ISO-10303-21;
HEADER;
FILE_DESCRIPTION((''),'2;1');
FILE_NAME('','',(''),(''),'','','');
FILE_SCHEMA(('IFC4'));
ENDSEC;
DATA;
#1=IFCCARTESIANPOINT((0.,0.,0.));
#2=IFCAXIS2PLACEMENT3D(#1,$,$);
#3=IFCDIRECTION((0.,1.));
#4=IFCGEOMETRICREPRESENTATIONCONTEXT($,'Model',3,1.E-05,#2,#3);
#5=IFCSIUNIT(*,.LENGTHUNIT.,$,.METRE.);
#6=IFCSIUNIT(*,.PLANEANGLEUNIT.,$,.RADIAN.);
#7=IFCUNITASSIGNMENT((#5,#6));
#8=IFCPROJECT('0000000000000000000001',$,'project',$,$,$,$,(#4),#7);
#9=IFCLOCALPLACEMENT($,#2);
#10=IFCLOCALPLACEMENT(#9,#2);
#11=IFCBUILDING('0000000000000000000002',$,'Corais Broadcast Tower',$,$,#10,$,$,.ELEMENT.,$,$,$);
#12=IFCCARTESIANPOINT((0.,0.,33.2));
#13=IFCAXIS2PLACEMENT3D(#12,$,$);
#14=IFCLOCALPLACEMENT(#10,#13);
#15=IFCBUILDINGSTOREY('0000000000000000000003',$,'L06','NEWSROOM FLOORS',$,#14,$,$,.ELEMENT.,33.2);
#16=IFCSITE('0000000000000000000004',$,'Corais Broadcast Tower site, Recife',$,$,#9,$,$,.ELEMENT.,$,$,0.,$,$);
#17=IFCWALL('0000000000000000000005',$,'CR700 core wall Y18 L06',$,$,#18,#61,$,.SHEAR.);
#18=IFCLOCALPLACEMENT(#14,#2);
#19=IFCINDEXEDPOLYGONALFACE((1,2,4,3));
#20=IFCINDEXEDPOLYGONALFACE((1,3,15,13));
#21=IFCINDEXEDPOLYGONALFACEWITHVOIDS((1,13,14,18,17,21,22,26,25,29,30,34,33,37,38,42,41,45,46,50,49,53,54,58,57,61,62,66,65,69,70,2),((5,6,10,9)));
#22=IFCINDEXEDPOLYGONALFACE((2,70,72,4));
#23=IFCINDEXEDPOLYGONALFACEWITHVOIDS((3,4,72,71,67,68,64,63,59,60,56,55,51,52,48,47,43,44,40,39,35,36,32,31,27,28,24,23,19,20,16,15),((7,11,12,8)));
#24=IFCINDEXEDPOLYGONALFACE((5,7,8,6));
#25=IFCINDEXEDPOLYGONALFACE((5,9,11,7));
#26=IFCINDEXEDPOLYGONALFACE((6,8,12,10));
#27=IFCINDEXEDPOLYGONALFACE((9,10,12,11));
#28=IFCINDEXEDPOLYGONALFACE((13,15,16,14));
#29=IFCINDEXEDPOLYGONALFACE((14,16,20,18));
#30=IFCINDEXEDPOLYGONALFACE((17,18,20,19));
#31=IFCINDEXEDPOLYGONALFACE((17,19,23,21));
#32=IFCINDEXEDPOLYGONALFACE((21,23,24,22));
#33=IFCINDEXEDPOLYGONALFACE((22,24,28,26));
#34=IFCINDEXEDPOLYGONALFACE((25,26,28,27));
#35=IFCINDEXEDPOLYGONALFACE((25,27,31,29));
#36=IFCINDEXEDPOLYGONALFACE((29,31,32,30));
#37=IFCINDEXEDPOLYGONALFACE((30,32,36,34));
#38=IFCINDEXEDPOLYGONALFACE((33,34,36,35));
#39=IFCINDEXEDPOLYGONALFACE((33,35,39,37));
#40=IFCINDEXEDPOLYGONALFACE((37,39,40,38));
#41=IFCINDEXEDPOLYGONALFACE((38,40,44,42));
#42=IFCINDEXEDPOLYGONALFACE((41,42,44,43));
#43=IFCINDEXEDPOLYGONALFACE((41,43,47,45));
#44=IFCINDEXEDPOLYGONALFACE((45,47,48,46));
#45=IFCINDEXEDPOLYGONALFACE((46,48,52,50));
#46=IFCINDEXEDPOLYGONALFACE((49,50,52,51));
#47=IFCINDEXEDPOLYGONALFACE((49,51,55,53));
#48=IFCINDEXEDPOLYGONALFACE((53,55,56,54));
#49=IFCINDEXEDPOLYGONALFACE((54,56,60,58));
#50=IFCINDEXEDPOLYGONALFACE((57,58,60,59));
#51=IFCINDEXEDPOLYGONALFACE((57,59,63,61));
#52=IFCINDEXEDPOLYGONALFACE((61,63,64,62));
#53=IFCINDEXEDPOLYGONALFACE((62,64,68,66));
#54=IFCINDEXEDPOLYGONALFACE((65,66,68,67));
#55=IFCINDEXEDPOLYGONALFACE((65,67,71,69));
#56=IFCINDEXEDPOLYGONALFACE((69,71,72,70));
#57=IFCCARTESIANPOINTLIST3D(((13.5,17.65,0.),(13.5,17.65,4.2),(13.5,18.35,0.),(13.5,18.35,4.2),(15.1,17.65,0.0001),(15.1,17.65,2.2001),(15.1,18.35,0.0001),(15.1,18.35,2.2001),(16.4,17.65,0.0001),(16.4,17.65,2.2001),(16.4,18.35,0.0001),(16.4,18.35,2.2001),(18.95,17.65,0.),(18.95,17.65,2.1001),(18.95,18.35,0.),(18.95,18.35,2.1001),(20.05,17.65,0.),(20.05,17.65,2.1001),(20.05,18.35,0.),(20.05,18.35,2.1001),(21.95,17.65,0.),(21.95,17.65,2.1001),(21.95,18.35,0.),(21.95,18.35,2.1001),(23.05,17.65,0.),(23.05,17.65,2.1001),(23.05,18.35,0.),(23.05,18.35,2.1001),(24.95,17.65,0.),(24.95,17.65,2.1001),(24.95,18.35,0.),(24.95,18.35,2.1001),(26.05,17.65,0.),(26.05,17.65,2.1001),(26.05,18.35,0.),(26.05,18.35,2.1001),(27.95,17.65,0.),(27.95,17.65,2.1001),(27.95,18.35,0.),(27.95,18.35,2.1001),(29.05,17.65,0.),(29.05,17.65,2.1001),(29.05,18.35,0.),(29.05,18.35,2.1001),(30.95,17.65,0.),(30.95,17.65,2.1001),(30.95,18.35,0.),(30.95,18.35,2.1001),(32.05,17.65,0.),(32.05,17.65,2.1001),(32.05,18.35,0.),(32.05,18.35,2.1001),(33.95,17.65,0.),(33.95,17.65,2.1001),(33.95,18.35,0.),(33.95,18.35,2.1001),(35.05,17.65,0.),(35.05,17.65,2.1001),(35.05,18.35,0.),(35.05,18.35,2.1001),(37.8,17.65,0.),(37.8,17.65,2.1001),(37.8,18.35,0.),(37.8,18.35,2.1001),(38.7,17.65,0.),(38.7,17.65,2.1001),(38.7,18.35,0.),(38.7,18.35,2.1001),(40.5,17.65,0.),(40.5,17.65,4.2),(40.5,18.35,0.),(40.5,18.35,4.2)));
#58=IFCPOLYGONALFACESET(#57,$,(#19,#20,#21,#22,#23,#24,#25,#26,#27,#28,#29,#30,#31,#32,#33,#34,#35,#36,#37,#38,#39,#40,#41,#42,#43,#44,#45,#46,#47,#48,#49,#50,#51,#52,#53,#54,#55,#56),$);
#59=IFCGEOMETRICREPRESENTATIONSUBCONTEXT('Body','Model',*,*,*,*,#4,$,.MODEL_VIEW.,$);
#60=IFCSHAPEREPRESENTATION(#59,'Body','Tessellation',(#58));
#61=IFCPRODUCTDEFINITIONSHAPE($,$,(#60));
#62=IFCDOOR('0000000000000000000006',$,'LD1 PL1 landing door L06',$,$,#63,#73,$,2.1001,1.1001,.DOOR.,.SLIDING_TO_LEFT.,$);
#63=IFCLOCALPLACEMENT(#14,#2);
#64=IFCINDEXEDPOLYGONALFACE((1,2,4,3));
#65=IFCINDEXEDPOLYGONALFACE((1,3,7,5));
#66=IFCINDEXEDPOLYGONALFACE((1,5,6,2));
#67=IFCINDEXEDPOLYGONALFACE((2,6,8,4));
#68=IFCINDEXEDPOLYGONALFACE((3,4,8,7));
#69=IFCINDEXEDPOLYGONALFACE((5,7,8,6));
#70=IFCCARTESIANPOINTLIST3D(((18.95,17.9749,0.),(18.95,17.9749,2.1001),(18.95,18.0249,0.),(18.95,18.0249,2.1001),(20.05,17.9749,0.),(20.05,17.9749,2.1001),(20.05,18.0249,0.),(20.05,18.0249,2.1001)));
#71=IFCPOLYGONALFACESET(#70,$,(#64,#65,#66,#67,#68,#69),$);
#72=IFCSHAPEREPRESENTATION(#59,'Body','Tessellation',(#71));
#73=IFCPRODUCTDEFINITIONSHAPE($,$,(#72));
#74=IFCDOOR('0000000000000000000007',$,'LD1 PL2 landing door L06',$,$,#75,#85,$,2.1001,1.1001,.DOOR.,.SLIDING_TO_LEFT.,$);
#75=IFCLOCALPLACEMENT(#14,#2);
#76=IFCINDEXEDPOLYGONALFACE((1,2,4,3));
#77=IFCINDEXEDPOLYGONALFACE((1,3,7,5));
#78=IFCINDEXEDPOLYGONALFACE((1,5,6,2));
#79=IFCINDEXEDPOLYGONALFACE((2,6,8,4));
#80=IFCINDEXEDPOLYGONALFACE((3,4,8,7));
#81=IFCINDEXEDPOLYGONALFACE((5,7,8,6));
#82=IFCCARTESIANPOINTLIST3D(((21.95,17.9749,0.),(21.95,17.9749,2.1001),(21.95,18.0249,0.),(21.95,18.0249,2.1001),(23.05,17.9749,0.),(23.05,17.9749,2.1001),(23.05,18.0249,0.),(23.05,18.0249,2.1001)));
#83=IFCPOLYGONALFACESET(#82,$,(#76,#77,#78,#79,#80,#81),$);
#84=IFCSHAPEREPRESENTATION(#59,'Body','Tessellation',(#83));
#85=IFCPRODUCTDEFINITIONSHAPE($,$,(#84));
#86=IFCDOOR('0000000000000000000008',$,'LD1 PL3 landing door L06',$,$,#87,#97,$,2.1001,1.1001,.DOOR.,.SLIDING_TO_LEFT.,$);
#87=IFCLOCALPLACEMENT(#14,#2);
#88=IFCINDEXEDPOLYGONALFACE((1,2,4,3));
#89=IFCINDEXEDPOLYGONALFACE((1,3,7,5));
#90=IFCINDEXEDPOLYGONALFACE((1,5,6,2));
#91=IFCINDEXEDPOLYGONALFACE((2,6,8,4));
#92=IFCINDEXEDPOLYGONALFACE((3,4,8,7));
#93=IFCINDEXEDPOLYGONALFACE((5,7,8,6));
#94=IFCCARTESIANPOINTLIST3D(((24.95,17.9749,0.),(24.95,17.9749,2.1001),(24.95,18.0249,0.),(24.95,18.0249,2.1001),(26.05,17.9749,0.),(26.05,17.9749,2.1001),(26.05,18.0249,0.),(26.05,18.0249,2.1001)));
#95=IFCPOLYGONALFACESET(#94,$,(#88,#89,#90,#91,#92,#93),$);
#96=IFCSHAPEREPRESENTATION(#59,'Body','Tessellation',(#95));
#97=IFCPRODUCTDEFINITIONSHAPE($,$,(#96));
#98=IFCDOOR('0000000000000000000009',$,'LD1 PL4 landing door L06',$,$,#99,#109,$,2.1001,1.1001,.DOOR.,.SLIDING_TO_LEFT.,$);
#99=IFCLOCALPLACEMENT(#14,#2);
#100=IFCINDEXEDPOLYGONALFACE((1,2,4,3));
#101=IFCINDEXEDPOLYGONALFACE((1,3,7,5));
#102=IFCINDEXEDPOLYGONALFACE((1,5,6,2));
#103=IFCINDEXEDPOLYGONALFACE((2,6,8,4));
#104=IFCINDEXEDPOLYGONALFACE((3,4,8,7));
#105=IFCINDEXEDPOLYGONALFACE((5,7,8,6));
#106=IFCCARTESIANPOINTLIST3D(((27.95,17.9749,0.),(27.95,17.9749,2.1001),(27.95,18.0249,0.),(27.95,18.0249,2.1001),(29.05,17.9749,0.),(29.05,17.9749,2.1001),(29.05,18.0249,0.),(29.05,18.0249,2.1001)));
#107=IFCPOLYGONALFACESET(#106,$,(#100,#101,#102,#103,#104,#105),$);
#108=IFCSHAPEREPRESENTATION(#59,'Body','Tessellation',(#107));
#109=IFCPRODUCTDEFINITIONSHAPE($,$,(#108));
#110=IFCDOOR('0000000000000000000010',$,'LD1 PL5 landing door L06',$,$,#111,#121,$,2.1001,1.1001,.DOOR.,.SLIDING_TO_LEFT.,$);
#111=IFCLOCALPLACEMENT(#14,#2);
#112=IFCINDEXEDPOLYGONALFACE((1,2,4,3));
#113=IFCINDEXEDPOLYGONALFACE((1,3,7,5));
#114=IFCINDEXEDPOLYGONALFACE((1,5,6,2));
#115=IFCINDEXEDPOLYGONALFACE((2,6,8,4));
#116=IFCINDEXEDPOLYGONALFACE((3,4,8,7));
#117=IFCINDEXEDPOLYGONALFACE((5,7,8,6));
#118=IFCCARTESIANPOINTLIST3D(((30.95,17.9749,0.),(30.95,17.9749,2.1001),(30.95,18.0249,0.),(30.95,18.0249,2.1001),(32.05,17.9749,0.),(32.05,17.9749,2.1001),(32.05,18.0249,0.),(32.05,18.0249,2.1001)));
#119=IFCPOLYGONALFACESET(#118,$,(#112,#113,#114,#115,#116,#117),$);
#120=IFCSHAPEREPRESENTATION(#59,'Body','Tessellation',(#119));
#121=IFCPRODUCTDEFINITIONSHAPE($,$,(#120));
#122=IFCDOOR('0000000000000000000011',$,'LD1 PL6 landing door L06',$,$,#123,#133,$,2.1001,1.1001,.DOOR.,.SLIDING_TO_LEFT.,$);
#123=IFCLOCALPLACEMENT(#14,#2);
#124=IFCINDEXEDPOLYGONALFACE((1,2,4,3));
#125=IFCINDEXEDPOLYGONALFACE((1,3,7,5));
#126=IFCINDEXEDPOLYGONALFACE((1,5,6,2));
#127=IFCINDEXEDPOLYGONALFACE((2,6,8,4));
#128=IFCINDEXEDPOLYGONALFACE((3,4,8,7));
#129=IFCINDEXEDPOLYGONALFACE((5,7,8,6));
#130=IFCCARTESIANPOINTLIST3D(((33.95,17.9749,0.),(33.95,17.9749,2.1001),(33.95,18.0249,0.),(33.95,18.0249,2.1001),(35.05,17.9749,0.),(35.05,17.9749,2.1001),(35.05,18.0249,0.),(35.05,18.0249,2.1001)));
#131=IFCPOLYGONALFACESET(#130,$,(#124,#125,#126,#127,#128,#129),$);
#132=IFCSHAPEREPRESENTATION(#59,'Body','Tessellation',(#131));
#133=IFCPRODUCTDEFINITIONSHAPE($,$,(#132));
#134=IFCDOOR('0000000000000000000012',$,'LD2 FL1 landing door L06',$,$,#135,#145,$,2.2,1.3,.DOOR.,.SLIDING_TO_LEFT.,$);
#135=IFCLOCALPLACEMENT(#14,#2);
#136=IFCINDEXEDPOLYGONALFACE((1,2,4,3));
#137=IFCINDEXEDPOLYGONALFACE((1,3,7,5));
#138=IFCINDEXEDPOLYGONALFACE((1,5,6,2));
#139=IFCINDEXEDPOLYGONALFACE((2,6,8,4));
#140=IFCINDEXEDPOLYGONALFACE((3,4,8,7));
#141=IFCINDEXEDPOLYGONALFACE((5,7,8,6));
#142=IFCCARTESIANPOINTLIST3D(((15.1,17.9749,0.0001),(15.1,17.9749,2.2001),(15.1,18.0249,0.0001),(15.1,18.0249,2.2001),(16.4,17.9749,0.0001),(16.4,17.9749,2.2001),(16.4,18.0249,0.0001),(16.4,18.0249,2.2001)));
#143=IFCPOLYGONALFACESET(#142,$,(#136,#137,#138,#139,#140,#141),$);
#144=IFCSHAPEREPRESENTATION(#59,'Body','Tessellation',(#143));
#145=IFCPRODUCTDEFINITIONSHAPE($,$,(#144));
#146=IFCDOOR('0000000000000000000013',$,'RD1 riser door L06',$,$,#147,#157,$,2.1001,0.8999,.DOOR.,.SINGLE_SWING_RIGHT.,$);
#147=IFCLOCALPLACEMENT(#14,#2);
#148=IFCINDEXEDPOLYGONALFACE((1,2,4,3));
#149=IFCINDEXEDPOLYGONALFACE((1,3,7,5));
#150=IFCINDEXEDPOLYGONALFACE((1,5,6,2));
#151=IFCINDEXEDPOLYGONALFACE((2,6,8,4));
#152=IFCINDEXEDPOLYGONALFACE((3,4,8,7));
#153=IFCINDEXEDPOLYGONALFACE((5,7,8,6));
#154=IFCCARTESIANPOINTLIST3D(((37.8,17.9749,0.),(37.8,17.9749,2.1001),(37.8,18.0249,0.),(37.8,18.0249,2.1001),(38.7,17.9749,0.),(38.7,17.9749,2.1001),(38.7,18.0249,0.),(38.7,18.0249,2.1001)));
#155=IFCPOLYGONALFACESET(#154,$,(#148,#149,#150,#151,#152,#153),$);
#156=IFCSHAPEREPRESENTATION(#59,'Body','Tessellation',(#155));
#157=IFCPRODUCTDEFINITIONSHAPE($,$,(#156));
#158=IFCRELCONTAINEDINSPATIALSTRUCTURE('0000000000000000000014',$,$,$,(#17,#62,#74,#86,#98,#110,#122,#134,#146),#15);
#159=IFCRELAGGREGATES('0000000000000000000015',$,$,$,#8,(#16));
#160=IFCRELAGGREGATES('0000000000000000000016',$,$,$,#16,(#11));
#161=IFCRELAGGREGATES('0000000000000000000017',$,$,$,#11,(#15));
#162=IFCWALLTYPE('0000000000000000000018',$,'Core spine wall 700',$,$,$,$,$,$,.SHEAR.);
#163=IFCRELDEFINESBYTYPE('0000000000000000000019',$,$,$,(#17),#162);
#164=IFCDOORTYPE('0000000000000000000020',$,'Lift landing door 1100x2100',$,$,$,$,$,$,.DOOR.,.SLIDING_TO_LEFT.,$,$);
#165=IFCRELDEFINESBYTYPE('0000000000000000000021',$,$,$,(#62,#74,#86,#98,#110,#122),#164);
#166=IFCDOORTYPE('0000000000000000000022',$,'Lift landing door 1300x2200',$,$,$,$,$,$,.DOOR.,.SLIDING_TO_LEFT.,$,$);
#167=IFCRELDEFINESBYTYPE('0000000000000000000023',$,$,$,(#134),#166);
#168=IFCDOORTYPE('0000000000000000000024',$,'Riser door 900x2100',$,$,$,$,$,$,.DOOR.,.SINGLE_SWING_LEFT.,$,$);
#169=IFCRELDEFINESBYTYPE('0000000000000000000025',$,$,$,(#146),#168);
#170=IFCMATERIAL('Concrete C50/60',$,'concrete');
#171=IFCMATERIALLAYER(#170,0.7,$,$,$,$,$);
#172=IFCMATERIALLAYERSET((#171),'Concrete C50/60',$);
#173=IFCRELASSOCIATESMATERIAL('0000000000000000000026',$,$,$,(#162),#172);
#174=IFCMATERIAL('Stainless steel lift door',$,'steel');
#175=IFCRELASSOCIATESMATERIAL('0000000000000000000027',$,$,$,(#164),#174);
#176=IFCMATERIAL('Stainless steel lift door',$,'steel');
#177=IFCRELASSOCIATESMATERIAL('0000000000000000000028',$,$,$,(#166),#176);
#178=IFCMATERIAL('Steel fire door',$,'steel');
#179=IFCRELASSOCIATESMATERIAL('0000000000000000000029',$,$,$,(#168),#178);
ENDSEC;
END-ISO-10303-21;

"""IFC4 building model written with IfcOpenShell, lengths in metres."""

from ifc_helpers import new_model, si_unit, direction, frame, frame_2d, origin, place, context, subcontext, project, spatial, rectangle, extrude, material, layer, layer_set, type_object, element, fill, save


model = new_model("IFC4")

# Units and contexts
model_context = context("Model", 3, precision=1e-05, world=origin(), true_north=direction((0.0, 1.0)))
body_context = subcontext(model_context, "Body", "Model", "MODEL_VIEW")
ifc_project = project(units=[si_unit("LENGTHUNIT", "METRE"), si_unit("PLANEANGLEUNIT", "RADIAN")], contexts=[model_context])

# Site, building, storey
site_placement = place(None, origin())
site = spatial("IfcSite", under=ifc_project, at=site_placement, Name="Corais Broadcast Tower site, Recife", CompositionType="ELEMENT", RefElevation=0.0)
building_placement = place(site_placement, origin())
building = spatial("IfcBuilding", under=site, at=building_placement, Name="Corais Broadcast Tower", CompositionType="ELEMENT")
storey_placement = place(building_placement, frame((0.0, 0.0, 33.2)))
storey = spatial("IfcBuildingStorey", under=building, at=storey_placement, Name="L06", Description="NEWSROOM FLOORS", CompositionType="ELEMENT", Elevation=33.2)

# Shared definitions
ifc_material_1 = material(Name="Concrete C50/60", Category="concrete")
ifc_layer_1 = layer(ifc_material_1, 0.7)
ifc_layer_set_1 = layer_set([ifc_layer_1], Name="Concrete C50/60")
wall_type_1 = type_object("IfcWallType", Name="Core spine wall 700", PredefinedType="SHEAR", material=ifc_layer_set_1)

# Wall, openings, doors
wall_1_placement = place(storey_placement, frame((13.5, 18.0, 0.0), z_axis=(0.0, 0.0, 1.0), x_axis=(1.0, 0.0, 0.0)))
wall_1 = element("IfcWall", 1, at=wall_1_placement, inside=storey, type_object=wall_type_1, Name="CR700 core wall Y18 L06", PredefinedType="SHEAR", context=body_context, shape_type="SweptSolid", body=[
    extrude(rectangle(XDim=27.0, YDim=0.7, at=frame_2d((13.5, 0.0))), origin(), (0.0, 0.0, 1.0), 4.2),
])
opening_1_placement = place(wall_1_placement, frame((24.3, 0.0, 0.0)))
opening_1 = element("IfcOpeningElement", 2, at=opening_1_placement, cuts=wall_1, PredefinedType="OPENING", context=body_context, shape_type="SweptSolid", body=[
    extrude(rectangle(XDim=0.8999, YDim=2.1001, at=frame_2d((0.45, 1.05))), frame((0.0, 0.3599, 0.0), z_axis=(0.0, -1.0, 0.0), x_axis=(1.0, 0.0, 0.0)), (0.0, 0.0, 1.0), 0.72),
])
opening_2_placement = place(wall_1_placement, frame((5.45, 0.0, 0.0)))
opening_2 = element("IfcOpeningElement", 3, at=opening_2_placement, cuts=wall_1, PredefinedType="OPENING", context=body_context, shape_type="SweptSolid", body=[
    extrude(rectangle(XDim=1.1001, YDim=2.1001, at=frame_2d((0.55, 1.05))), frame((0.0, 0.3599, 0.0), z_axis=(0.0, -1.0, 0.0), x_axis=(1.0, 0.0, 0.0)), (0.0, 0.0, 1.0), 0.72),
])
opening_3_placement = place(wall_1_placement, frame((8.45, 0.0, 0.0)))
opening_3 = element("IfcOpeningElement", 4, at=opening_3_placement, cuts=wall_1, PredefinedType="OPENING", context=body_context, shape_type="SweptSolid", body=[
    extrude(rectangle(XDim=1.1001, YDim=2.1001, at=frame_2d((0.55, 1.05))), frame((0.0, 0.3599, 0.0), z_axis=(0.0, -1.0, 0.0), x_axis=(1.0, 0.0, 0.0)), (0.0, 0.0, 1.0), 0.72),
])
opening_4_placement = place(wall_1_placement, frame((11.45, 0.0, 0.0)))
opening_4 = element("IfcOpeningElement", 5, at=opening_4_placement, cuts=wall_1, PredefinedType="OPENING", context=body_context, shape_type="SweptSolid", body=[
    extrude(rectangle(XDim=1.1001, YDim=2.1001, at=frame_2d((0.55, 1.05))), frame((0.0, 0.3599, 0.0), z_axis=(0.0, -1.0, 0.0), x_axis=(1.0, 0.0, 0.0)), (0.0, 0.0, 1.0), 0.72),
])
opening_5_placement = place(wall_1_placement, frame((14.45, 0.0, 0.0)))
opening_5 = element("IfcOpeningElement", 6, at=opening_5_placement, cuts=wall_1, PredefinedType="OPENING", context=body_context, shape_type="SweptSolid", body=[
    extrude(rectangle(XDim=1.1001, YDim=2.1001, at=frame_2d((0.55, 1.05))), frame((0.0, 0.3599, 0.0), z_axis=(0.0, -1.0, 0.0), x_axis=(1.0, 0.0, 0.0)), (0.0, 0.0, 1.0), 0.72),
])
opening_6_placement = place(wall_1_placement, frame((17.45, 0.0, 0.0)))
opening_6 = element("IfcOpeningElement", 7, at=opening_6_placement, cuts=wall_1, PredefinedType="OPENING", context=body_context, shape_type="SweptSolid", body=[
    extrude(rectangle(XDim=1.1001, YDim=2.1001, at=frame_2d((0.55, 1.05))), frame((0.0, 0.3599, 0.0), z_axis=(0.0, -1.0, 0.0), x_axis=(1.0, 0.0, 0.0)), (0.0, 0.0, 1.0), 0.72),
])
opening_7_placement = place(wall_1_placement, frame((20.45, 0.0, 0.0)))
opening_7 = element("IfcOpeningElement", 8, at=opening_7_placement, cuts=wall_1, PredefinedType="OPENING", context=body_context, shape_type="SweptSolid", body=[
    extrude(rectangle(XDim=1.1001, YDim=2.1001, at=frame_2d((0.55, 1.05))), frame((0.0, 0.3599, 0.0), z_axis=(0.0, -1.0, 0.0), x_axis=(1.0, 0.0, 0.0)), (0.0, 0.0, 1.0), 0.72),
])
opening_8_placement = place(wall_1_placement, frame((1.6001, 0.0, 0.0)))
opening_8 = element("IfcOpeningElement", 9, at=opening_8_placement, cuts=wall_1, PredefinedType="OPENING", context=body_context, shape_type="SweptSolid", body=[
    extrude(rectangle(XDim=1.3, YDim=2.2, at=frame_2d((0.6499, 1.1001))), frame((0.0, 0.3599, 0.0), z_axis=(0.0, -1.0, 0.0), x_axis=(1.0, 0.0, 0.0)), (0.0, 0.0, 1.0), 0.72),
])
ifc_material_2 = material(Name="Stainless steel lift door", Category="steel")
door_type_1 = type_object("IfcDoorType", Name="Lift landing door 1100x2100", OperationType="SLIDING_TO_LEFT", PredefinedType="DOOR", material=ifc_material_2)
door_1_placement = place(opening_2_placement, origin())
door_1 = element("IfcDoor", 10, at=door_1_placement, inside=storey, type_object=door_type_1, Name="LD1 PL1 landing door L06", OperationType="SLIDING_TO_LEFT", OverallHeight=2.1001, OverallWidth=1.1001, PredefinedType="DOOR", context=body_context, shape_type="SweptSolid", body=[
    extrude(rectangle(XDim=1.1001, YDim=2.1001, at=frame_2d((0.55, 1.05))), frame((0.0, 0.0249, 0.0), z_axis=(0.0, -1.0, 0.0), x_axis=(1.0, 0.0, 0.0)), (0.0, 0.0, 1.0), 0.05),
])
fill(opening_2, door_1)
door_2_placement = place(opening_3_placement, origin())
door_2 = element("IfcDoor", 11, at=door_2_placement, inside=storey, type_object=door_type_1, Name="LD1 PL2 landing door L06", OperationType="SLIDING_TO_LEFT", OverallHeight=2.1001, OverallWidth=1.1001, PredefinedType="DOOR", context=body_context, shape_type="SweptSolid", body=[
    extrude(rectangle(XDim=1.1001, YDim=2.1001, at=frame_2d((0.55, 1.05))), frame((0.0, 0.0249, 0.0), z_axis=(0.0, -1.0, 0.0), x_axis=(1.0, 0.0, 0.0)), (0.0, 0.0, 1.0), 0.05),
])
fill(opening_3, door_2)
door_3_placement = place(opening_4_placement, origin())
door_3 = element("IfcDoor", 12, at=door_3_placement, inside=storey, type_object=door_type_1, Name="LD1 PL3 landing door L06", OperationType="SLIDING_TO_LEFT", OverallHeight=2.1001, OverallWidth=1.1001, PredefinedType="DOOR", context=body_context, shape_type="SweptSolid", body=[
    extrude(rectangle(XDim=1.1001, YDim=2.1001, at=frame_2d((0.55, 1.05))), frame((0.0, 0.0249, 0.0), z_axis=(0.0, -1.0, 0.0), x_axis=(1.0, 0.0, 0.0)), (0.0, 0.0, 1.0), 0.05),
])
fill(opening_4, door_3)
door_4_placement = place(opening_5_placement, origin())
door_4 = element("IfcDoor", 13, at=door_4_placement, inside=storey, type_object=door_type_1, Name="LD1 PL4 landing door L06", OperationType="SLIDING_TO_LEFT", OverallHeight=2.1001, OverallWidth=1.1001, PredefinedType="DOOR", context=body_context, shape_type="SweptSolid", body=[
    extrude(rectangle(XDim=1.1001, YDim=2.1001, at=frame_2d((0.55, 1.05))), frame((0.0, 0.0249, 0.0), z_axis=(0.0, -1.0, 0.0), x_axis=(1.0, 0.0, 0.0)), (0.0, 0.0, 1.0), 0.05),
])
fill(opening_5, door_4)
door_5_placement = place(opening_6_placement, origin())
door_5 = element("IfcDoor", 14, at=door_5_placement, inside=storey, type_object=door_type_1, Name="LD1 PL5 landing door L06", OperationType="SLIDING_TO_LEFT", OverallHeight=2.1001, OverallWidth=1.1001, PredefinedType="DOOR", context=body_context, shape_type="SweptSolid", body=[
    extrude(rectangle(XDim=1.1001, YDim=2.1001, at=frame_2d((0.55, 1.05))), frame((0.0, 0.0249, 0.0), z_axis=(0.0, -1.0, 0.0), x_axis=(1.0, 0.0, 0.0)), (0.0, 0.0, 1.0), 0.05),
])
fill(opening_6, door_5)
door_6_placement = place(opening_7_placement, origin())
door_6 = element("IfcDoor", 15, at=door_6_placement, inside=storey, type_object=door_type_1, Name="LD1 PL6 landing door L06", OperationType="SLIDING_TO_LEFT", OverallHeight=2.1001, OverallWidth=1.1001, PredefinedType="DOOR", context=body_context, shape_type="SweptSolid", body=[
    extrude(rectangle(XDim=1.1001, YDim=2.1001, at=frame_2d((0.55, 1.05))), frame((0.0, 0.0249, 0.0), z_axis=(0.0, -1.0, 0.0), x_axis=(1.0, 0.0, 0.0)), (0.0, 0.0, 1.0), 0.05),
])
fill(opening_7, door_6)
ifc_material_3 = material(Name="Stainless steel lift door", Category="steel")
door_type_2 = type_object("IfcDoorType", Name="Lift landing door 1300x2200", OperationType="SLIDING_TO_LEFT", PredefinedType="DOOR", material=ifc_material_3)
door_7_placement = place(opening_8_placement, origin())
door_7 = element("IfcDoor", 16, at=door_7_placement, inside=storey, type_object=door_type_2, Name="LD2 FL1 landing door L06", OperationType="SLIDING_TO_LEFT", OverallHeight=2.2, OverallWidth=1.3, PredefinedType="DOOR", context=body_context, shape_type="SweptSolid", body=[
    extrude(rectangle(XDim=1.3, YDim=2.2, at=frame_2d((0.6499, 1.1001))), frame((0.0, 0.0249, 0.0), z_axis=(0.0, -1.0, 0.0), x_axis=(1.0, 0.0, 0.0)), (0.0, 0.0, 1.0), 0.05),
])
fill(opening_8, door_7)
ifc_material_4 = material(Name="Steel fire door", Category="steel")
door_type_3 = type_object("IfcDoorType", Name="Riser door 900x2100", OperationType="SINGLE_SWING_LEFT", PredefinedType="DOOR", material=ifc_material_4)
door_8_placement = place(opening_1_placement, origin())
door_8 = element("IfcDoor", 17, at=door_8_placement, inside=storey, type_object=door_type_3, Name="RD1 riser door L06", OperationType="SINGLE_SWING_RIGHT", OverallHeight=2.1001, OverallWidth=0.8999, PredefinedType="DOOR", context=body_context, shape_type="SweptSolid", body=[
    extrude(rectangle(XDim=0.8999, YDim=2.1001, at=frame_2d((0.45, 1.05))), frame((0.0, 0.0249, 0.0), z_axis=(0.0, -1.0, 0.0), x_axis=(1.0, 0.0, 0.0)), (0.0, 0.0, 1.0), 0.05),
])
fill(opening_1, door_8)

save(model, "model.ifc")
